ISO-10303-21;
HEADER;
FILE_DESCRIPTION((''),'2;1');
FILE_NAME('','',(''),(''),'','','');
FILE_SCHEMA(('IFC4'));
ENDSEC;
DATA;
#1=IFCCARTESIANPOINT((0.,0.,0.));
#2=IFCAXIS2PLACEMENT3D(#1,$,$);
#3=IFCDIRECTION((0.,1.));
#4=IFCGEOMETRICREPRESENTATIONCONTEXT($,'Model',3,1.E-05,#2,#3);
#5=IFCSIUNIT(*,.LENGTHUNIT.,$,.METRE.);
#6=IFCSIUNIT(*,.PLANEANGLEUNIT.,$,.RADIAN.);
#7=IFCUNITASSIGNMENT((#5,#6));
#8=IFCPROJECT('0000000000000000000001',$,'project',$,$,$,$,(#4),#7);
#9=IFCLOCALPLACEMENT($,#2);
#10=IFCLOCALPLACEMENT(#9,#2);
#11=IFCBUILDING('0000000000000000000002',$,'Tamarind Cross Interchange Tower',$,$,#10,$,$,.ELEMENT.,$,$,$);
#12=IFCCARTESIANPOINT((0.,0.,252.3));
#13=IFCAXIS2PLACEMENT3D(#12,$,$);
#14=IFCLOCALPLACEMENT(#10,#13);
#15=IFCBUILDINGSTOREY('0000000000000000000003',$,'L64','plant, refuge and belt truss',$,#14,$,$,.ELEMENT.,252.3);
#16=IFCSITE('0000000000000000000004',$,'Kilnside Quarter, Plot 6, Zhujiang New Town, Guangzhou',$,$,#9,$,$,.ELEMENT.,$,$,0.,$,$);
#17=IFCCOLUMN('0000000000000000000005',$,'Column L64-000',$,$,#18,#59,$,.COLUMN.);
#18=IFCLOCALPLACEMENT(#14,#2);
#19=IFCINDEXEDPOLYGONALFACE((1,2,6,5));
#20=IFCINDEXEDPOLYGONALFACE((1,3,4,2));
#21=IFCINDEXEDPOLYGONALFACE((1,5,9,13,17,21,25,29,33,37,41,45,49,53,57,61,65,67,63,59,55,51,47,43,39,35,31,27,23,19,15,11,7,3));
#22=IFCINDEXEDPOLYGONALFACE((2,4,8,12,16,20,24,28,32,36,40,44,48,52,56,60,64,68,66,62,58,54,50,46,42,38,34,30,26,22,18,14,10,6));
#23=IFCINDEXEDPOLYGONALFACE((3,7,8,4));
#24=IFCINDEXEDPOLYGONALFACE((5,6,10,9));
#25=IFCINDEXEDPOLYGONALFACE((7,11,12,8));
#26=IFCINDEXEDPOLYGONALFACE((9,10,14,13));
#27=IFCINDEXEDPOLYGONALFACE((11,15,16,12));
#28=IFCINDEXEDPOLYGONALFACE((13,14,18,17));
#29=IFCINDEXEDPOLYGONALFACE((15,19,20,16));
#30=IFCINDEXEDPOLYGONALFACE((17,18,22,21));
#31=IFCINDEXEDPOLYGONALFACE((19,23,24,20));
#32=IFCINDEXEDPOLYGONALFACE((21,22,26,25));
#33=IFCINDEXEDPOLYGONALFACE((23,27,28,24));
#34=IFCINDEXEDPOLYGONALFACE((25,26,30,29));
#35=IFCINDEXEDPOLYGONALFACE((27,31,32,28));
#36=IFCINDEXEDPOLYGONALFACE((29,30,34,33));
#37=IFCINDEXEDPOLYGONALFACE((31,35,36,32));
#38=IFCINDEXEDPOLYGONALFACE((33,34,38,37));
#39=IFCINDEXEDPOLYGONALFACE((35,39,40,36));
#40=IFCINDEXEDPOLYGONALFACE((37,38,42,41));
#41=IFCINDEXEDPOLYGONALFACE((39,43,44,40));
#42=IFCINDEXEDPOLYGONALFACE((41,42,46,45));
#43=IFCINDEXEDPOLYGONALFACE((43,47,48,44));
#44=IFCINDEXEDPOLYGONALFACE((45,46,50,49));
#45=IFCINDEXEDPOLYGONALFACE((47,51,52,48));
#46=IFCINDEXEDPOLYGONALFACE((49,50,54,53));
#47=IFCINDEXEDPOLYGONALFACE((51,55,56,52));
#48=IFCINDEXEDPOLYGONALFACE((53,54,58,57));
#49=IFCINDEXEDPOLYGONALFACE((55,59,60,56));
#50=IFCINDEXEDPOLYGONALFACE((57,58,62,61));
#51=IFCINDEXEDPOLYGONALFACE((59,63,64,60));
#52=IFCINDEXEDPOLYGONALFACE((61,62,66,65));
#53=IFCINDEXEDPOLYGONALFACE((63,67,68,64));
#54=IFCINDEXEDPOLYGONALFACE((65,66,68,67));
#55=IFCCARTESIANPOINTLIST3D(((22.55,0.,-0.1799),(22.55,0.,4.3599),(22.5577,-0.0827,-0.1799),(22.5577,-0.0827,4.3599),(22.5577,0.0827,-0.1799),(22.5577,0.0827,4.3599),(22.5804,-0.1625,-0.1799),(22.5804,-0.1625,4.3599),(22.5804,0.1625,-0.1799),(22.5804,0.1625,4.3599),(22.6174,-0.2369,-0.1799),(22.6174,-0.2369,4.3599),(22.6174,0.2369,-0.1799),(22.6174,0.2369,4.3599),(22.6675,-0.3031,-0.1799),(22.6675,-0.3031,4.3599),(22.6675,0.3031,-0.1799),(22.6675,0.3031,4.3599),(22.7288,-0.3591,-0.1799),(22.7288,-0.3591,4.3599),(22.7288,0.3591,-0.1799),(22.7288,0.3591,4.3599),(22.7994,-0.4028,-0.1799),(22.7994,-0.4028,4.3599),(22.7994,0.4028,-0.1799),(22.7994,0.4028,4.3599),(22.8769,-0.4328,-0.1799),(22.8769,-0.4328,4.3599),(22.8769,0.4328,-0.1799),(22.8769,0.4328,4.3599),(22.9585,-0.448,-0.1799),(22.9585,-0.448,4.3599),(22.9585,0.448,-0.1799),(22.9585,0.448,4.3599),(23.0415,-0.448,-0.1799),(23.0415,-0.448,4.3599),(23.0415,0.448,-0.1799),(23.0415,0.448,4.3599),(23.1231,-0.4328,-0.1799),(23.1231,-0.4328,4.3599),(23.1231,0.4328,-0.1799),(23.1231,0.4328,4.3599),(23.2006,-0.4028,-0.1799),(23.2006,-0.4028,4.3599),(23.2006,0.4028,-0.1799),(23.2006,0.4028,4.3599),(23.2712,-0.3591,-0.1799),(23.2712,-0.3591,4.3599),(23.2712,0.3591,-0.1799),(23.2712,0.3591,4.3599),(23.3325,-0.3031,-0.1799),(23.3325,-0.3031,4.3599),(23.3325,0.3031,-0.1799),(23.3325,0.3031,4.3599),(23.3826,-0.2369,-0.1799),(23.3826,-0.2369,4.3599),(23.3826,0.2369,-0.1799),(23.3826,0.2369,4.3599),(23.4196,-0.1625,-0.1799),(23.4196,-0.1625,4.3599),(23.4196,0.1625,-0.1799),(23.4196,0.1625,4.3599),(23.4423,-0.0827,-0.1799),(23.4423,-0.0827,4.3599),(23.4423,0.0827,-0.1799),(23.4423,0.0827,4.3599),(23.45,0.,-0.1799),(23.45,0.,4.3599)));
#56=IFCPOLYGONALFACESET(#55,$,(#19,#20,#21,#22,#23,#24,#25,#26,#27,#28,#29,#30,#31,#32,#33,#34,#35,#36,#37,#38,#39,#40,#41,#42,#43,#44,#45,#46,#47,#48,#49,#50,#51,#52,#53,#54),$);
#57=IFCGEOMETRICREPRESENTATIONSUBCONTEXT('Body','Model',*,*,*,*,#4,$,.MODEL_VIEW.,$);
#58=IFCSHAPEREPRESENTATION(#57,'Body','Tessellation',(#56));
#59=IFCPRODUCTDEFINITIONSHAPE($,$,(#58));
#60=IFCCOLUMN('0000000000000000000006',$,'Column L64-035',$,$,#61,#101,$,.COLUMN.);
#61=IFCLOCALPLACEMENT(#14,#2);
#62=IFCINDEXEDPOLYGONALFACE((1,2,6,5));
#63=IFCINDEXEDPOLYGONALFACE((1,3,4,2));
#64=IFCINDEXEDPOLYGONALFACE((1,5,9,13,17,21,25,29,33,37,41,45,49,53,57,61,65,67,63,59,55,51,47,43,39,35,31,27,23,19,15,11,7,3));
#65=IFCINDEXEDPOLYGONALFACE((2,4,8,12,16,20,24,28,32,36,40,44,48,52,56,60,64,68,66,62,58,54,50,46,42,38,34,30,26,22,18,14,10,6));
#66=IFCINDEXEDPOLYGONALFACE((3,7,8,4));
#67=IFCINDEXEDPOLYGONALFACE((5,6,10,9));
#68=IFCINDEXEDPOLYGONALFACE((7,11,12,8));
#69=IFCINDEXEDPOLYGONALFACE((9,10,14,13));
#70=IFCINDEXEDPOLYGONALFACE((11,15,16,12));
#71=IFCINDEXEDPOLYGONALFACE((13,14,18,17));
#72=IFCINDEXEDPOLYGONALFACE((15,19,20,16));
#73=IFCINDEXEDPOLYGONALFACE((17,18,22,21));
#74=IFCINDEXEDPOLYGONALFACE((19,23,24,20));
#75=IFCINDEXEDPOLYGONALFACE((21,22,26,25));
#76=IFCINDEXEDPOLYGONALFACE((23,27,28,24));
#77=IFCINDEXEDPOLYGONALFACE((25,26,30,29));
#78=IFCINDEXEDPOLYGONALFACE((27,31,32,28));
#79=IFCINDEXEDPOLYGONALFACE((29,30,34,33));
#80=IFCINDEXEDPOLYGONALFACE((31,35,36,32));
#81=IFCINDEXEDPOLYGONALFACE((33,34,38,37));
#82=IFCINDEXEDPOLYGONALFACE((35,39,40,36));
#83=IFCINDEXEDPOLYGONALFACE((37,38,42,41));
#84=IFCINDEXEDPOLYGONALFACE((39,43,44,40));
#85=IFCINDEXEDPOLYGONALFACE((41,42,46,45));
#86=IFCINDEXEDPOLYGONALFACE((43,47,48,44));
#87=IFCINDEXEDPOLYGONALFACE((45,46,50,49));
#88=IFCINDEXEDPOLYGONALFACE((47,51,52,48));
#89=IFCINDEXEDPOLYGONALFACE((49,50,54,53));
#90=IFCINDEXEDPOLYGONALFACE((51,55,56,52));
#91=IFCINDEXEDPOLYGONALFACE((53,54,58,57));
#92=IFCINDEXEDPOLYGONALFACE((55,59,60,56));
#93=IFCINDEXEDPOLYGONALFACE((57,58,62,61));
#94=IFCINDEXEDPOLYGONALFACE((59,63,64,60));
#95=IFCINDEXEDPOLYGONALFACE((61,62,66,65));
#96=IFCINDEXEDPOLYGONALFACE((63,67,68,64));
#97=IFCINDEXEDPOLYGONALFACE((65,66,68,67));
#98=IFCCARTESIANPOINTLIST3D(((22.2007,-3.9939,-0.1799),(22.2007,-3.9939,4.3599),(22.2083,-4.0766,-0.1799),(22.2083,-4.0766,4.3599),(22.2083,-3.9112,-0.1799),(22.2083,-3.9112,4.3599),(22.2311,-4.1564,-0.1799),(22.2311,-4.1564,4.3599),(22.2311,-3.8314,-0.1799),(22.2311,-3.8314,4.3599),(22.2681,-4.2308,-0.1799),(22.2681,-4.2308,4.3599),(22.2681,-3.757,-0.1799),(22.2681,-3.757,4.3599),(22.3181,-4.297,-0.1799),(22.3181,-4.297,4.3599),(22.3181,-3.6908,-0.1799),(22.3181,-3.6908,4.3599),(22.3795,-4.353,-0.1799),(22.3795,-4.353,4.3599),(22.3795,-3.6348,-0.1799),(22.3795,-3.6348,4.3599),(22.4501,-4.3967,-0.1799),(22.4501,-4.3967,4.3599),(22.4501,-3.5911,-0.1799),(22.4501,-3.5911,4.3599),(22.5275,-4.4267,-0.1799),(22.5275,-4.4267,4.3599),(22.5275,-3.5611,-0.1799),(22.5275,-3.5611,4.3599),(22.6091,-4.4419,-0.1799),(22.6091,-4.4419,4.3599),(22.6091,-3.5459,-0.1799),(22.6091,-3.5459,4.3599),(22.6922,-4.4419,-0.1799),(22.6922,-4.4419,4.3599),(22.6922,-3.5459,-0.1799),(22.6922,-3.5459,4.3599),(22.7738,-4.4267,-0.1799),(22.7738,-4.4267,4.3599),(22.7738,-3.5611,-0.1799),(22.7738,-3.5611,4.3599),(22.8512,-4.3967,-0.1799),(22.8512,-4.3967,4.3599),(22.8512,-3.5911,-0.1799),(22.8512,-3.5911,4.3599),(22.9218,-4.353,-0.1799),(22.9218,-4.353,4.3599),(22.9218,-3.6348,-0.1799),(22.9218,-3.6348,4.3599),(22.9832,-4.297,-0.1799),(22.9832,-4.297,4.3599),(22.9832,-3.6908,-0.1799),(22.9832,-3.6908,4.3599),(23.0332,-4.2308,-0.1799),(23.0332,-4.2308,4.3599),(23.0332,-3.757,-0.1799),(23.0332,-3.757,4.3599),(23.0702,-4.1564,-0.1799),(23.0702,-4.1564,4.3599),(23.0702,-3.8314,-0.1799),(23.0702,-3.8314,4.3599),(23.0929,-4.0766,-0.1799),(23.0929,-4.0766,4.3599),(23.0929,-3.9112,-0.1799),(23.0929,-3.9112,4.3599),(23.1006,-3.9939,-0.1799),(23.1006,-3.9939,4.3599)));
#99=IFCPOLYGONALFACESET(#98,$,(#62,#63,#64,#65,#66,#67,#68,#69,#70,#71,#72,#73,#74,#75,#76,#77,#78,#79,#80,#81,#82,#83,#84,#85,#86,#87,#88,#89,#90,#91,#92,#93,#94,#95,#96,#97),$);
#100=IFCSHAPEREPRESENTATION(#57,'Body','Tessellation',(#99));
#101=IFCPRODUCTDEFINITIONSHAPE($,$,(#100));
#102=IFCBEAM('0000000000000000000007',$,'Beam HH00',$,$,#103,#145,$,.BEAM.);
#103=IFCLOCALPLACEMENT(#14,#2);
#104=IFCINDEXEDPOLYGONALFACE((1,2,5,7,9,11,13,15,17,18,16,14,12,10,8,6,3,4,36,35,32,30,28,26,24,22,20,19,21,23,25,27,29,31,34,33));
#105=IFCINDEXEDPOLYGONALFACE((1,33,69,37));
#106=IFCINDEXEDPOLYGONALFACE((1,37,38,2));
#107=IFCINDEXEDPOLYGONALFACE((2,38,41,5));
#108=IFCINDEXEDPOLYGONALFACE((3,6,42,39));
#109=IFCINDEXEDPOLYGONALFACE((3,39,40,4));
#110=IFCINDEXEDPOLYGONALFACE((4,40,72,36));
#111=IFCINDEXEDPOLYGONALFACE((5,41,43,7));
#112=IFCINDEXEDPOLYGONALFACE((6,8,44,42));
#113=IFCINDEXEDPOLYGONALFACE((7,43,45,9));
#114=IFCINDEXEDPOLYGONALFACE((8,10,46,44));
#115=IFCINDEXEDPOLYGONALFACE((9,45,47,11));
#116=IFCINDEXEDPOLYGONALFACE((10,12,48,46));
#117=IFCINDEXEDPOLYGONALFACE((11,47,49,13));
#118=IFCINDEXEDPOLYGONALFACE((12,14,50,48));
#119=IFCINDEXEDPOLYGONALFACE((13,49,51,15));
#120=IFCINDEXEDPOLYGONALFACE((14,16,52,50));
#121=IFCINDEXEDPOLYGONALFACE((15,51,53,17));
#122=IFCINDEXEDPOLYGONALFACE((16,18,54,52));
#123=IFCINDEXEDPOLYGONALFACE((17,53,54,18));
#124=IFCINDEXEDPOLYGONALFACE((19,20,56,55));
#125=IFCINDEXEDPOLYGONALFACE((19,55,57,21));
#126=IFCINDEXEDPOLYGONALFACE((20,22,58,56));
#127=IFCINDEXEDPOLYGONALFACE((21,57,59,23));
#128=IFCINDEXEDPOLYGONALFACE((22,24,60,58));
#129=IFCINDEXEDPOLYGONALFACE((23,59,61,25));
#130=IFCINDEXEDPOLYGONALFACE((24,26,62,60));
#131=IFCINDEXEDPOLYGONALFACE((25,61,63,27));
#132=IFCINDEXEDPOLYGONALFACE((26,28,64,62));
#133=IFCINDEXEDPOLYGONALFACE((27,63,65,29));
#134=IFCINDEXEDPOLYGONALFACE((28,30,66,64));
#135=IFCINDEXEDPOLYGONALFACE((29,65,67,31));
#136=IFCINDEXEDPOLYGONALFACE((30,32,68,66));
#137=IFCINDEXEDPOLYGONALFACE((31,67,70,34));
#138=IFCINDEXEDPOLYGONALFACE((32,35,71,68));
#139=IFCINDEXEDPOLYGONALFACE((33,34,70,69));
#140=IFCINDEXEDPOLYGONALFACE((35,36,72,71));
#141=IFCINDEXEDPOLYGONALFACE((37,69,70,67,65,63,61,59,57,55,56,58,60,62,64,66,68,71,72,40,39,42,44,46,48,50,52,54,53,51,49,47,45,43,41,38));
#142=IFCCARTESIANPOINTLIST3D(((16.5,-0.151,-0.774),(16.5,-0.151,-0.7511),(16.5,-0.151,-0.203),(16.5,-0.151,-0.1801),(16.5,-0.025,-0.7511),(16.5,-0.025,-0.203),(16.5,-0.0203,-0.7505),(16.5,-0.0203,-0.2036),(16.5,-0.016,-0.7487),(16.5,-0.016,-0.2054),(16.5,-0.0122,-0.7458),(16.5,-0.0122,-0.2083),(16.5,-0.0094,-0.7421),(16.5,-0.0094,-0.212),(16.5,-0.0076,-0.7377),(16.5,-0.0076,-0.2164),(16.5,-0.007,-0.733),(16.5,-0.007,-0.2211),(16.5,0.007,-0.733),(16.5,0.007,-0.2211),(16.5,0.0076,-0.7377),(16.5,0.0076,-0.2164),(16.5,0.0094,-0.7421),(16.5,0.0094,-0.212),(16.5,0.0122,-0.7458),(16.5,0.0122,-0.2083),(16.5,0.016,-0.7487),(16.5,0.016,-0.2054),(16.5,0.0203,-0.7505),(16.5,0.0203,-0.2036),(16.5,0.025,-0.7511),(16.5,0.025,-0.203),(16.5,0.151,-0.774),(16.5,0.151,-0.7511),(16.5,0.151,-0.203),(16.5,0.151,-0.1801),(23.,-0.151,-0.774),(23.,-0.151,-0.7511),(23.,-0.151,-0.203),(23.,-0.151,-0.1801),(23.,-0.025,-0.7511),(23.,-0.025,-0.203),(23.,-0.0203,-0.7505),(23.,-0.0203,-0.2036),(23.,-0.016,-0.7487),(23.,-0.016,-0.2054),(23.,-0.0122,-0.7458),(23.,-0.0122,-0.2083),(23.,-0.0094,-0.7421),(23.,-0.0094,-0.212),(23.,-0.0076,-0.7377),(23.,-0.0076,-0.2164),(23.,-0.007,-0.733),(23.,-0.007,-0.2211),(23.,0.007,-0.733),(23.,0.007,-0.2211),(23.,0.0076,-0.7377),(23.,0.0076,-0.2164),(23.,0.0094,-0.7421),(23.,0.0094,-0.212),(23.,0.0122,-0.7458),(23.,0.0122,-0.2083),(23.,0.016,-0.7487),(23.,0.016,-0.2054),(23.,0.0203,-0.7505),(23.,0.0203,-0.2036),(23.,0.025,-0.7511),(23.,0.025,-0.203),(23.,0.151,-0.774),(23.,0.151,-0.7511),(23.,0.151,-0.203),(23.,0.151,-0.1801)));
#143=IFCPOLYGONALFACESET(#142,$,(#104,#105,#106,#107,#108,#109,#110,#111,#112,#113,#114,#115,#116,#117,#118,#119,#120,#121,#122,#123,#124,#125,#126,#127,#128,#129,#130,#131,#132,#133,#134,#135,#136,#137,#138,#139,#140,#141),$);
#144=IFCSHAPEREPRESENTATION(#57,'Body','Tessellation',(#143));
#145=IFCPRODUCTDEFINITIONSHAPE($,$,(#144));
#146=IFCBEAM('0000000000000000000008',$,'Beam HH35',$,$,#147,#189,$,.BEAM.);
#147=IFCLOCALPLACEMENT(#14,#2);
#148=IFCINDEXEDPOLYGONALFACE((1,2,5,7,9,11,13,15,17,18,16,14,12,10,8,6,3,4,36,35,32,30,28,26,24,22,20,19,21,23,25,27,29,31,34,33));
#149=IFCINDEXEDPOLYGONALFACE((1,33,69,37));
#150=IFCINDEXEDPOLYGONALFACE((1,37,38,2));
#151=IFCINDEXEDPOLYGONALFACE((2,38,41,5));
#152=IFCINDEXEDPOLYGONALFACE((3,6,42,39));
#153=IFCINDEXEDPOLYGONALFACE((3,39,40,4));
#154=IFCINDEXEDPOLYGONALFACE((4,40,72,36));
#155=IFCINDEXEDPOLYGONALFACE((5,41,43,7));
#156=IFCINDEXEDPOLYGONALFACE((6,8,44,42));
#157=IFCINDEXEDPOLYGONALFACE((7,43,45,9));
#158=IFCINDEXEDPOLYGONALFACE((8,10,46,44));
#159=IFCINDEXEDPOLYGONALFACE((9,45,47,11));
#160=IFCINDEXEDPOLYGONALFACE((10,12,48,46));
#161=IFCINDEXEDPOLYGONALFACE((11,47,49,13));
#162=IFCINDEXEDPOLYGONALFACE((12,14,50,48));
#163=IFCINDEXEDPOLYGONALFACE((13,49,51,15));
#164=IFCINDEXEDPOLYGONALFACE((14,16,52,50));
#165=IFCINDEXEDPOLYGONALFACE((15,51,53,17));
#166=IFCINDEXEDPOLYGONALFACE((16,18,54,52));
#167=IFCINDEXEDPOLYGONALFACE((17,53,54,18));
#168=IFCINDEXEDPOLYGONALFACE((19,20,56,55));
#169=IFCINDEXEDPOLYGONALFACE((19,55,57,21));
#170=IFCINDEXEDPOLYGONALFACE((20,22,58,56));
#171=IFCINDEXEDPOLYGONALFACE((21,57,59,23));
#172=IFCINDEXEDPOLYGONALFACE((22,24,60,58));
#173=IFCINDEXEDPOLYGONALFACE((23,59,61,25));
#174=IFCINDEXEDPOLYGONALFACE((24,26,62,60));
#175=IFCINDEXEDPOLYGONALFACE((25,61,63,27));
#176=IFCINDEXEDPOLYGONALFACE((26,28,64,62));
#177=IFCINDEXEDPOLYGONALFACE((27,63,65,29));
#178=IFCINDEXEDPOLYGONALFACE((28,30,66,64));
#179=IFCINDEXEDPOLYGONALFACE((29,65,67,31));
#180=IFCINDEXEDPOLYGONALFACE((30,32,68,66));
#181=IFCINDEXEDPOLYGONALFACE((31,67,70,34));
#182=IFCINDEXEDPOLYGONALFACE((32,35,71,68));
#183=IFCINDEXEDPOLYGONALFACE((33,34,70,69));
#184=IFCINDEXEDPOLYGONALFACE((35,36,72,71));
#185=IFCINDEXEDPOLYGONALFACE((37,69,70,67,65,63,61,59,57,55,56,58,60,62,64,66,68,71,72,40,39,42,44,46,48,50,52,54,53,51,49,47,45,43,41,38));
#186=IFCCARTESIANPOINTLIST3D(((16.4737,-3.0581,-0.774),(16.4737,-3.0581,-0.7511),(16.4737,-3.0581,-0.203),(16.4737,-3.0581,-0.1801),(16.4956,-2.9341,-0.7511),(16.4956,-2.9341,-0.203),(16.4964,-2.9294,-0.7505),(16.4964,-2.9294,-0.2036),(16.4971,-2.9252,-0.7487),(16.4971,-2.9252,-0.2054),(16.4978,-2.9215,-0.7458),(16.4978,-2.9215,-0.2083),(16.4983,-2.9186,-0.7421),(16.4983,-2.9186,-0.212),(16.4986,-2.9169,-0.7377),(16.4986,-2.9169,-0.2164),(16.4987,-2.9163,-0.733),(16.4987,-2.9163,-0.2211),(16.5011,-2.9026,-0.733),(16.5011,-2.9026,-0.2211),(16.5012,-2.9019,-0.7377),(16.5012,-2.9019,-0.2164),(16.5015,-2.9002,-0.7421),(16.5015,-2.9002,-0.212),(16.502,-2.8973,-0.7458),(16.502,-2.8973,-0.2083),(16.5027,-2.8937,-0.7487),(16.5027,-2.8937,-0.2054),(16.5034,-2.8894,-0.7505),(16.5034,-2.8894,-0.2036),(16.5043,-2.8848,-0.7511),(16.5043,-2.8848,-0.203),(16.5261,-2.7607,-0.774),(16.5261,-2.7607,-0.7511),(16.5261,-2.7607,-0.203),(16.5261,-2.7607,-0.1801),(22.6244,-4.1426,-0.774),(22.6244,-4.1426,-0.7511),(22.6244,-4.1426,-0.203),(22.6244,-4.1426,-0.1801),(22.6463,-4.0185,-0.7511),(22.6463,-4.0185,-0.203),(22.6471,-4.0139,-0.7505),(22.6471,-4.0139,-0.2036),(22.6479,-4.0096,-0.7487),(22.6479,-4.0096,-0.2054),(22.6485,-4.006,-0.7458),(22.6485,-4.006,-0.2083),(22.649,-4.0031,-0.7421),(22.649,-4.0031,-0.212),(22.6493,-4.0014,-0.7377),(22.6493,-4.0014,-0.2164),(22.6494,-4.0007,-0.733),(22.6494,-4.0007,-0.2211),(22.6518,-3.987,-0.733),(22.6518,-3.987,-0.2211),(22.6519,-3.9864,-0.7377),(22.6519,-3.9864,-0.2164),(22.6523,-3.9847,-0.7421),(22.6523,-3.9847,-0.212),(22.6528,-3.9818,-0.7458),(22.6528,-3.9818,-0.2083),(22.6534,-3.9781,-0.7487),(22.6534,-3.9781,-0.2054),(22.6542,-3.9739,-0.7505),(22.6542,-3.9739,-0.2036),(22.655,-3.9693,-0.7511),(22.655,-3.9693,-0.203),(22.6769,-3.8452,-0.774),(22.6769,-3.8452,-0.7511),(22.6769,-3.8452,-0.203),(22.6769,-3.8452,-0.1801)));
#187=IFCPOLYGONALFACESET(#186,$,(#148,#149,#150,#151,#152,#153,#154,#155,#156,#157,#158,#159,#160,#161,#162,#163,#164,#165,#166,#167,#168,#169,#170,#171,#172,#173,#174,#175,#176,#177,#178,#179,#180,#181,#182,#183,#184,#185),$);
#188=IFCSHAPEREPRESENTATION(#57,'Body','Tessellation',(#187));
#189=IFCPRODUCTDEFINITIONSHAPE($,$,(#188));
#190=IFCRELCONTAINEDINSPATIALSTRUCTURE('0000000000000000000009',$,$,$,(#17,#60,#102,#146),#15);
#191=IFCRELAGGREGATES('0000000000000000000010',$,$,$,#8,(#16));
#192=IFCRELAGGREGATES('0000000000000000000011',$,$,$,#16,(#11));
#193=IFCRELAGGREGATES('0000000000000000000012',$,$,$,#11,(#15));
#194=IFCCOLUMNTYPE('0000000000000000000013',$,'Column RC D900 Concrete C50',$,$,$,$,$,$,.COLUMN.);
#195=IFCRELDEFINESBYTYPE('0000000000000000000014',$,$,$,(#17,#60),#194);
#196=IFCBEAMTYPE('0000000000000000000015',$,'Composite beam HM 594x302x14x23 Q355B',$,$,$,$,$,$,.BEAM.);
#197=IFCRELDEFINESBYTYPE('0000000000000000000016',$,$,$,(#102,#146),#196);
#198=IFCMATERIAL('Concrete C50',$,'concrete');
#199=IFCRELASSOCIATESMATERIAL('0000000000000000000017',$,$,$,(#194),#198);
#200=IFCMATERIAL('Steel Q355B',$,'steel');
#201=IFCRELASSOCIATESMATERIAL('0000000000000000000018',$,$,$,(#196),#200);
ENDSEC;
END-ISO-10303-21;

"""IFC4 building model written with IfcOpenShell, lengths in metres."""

from ifc_helpers import new_model, si_unit, direction, frame, origin, origin_2d, place, context, subcontext, project, spatial, circle, i_section, extrude, material, material_profile, profile_set, type_object, element, save


model = new_model("IFC4")

# Units and contexts
model_context = context("Model", 3, precision=1e-05, world=origin(), true_north=direction((0.0, 1.0)))
body_context = subcontext(model_context, "Body", "Model", "MODEL_VIEW")
ifc_project = project(units=[si_unit("LENGTHUNIT", "METRE"), si_unit("PLANEANGLEUNIT", "RADIAN")], contexts=[model_context])

# Site, building, storey
site_placement = place(None, origin())
site = spatial("IfcSite", under=ifc_project, at=site_placement, Name="Kilnside Quarter, Plot 6, Zhujiang New Town, Guangzhou", CompositionType="ELEMENT", RefElevation=0.0)
building_placement = place(site_placement, origin())
building = spatial("IfcBuilding", under=site, at=building_placement, Name="Tamarind Cross Interchange Tower", CompositionType="ELEMENT")
storey_placement = place(building_placement, frame((0.0, 0.0, 252.3)))
storey = spatial("IfcBuildingStorey", under=building, at=storey_placement, Name="L64", Description="plant, refuge and belt truss", CompositionType="ELEMENT", Elevation=252.3)

# Columns
ifc_material_1 = material(Name="Concrete C50", Category="concrete")
ifc_material_profile_1 = material_profile(ifc_material_1, circle(Radius=0.45, at=origin_2d()), Name="RC D900")
ifc_profile_set_1 = profile_set([ifc_material_profile_1], Name="Concrete C50")
column_type = type_object("IfcColumnType", Name="Column RC D900 Concrete C50", PredefinedType="COLUMN", material=ifc_profile_set_1)
for number, where, z_axis, x_axis, name in (
    (1, (23.0, 0.0, -0.1799), (0.0, 0.0, 1.0), (1.0, 0.0, 0.0), "Column L64-000"),
    (2, (22.6506, -3.9939, -0.1799), (0.0, 0.0, 1.0), (1.0, 0.0, 0.0), "Column L64-035"),
):
    element("IfcColumn", number, at=place(storey_placement, frame(where, z_axis=z_axis, x_axis=x_axis)), inside=storey, type_object=column_type, Name=name, PredefinedType="COLUMN", context=body_context, shape_type="SweptSolid", body=[
        extrude(circle(Radius=0.45, at=origin_2d()), origin(), (0.0, 0.0, 1.0), 4.5398),
    ])

# Beams
ifc_material_2 = material(Name="Steel Q355B", Category="steel")
ifc_material_profile_2 = material_profile(ifc_material_2, i_section(OverallWidth=0.302, OverallDepth=0.594, WebThickness=0.0139, FlangeThickness=0.0229, FilletRadius=0.0181, at=origin_2d()), Name="HM 594x302x14x23")
ifc_profile_set_2 = profile_set([ifc_material_profile_2], Name="Steel Q355B")
beam_type = type_object("IfcBeamType", Name="Composite beam HM 594x302x14x23 Q355B", PredefinedType="BEAM", material=ifc_profile_set_2)
beam_1_placement = place(storey_placement, frame((23.0, 0.0, -0.4771), z_axis=(-1.0, 0.0, 0.0), x_axis=(0.0, -1.0, 0.0)))
element("IfcBeam", 3, at=beam_1_placement, inside=storey, type_object=beam_type, Name="Beam HH00", PredefinedType="BEAM", context=body_context, shape_type="SweptSolid", body=[
    extrude(i_section(OverallWidth=0.302, OverallDepth=0.594, WebThickness=0.0139, FlangeThickness=0.0229, FilletRadius=0.0181, at=origin_2d()), origin(), (0.0, 0.0, 1.0), 6.5),
])
beam_2_placement = place(storey_placement, frame((22.6506, -3.9939, -0.4771), z_axis=(-0.984809, 0.17364, 0.0), x_axis=(-0.17364, -0.984809, 0.0)))
element("IfcBeam", 4, at=beam_2_placement, inside=storey, type_object=beam_type, Name="Beam HH35", PredefinedType="BEAM", context=body_context, shape_type="SweptSolid", body=[
    extrude(i_section(OverallWidth=0.302, OverallDepth=0.594, WebThickness=0.0139, FlangeThickness=0.0229, FilletRadius=0.0181, at=origin_2d()), origin(), (0.0, 0.0, 1.0), 6.2456),
])

save(model, "model.ifc")
